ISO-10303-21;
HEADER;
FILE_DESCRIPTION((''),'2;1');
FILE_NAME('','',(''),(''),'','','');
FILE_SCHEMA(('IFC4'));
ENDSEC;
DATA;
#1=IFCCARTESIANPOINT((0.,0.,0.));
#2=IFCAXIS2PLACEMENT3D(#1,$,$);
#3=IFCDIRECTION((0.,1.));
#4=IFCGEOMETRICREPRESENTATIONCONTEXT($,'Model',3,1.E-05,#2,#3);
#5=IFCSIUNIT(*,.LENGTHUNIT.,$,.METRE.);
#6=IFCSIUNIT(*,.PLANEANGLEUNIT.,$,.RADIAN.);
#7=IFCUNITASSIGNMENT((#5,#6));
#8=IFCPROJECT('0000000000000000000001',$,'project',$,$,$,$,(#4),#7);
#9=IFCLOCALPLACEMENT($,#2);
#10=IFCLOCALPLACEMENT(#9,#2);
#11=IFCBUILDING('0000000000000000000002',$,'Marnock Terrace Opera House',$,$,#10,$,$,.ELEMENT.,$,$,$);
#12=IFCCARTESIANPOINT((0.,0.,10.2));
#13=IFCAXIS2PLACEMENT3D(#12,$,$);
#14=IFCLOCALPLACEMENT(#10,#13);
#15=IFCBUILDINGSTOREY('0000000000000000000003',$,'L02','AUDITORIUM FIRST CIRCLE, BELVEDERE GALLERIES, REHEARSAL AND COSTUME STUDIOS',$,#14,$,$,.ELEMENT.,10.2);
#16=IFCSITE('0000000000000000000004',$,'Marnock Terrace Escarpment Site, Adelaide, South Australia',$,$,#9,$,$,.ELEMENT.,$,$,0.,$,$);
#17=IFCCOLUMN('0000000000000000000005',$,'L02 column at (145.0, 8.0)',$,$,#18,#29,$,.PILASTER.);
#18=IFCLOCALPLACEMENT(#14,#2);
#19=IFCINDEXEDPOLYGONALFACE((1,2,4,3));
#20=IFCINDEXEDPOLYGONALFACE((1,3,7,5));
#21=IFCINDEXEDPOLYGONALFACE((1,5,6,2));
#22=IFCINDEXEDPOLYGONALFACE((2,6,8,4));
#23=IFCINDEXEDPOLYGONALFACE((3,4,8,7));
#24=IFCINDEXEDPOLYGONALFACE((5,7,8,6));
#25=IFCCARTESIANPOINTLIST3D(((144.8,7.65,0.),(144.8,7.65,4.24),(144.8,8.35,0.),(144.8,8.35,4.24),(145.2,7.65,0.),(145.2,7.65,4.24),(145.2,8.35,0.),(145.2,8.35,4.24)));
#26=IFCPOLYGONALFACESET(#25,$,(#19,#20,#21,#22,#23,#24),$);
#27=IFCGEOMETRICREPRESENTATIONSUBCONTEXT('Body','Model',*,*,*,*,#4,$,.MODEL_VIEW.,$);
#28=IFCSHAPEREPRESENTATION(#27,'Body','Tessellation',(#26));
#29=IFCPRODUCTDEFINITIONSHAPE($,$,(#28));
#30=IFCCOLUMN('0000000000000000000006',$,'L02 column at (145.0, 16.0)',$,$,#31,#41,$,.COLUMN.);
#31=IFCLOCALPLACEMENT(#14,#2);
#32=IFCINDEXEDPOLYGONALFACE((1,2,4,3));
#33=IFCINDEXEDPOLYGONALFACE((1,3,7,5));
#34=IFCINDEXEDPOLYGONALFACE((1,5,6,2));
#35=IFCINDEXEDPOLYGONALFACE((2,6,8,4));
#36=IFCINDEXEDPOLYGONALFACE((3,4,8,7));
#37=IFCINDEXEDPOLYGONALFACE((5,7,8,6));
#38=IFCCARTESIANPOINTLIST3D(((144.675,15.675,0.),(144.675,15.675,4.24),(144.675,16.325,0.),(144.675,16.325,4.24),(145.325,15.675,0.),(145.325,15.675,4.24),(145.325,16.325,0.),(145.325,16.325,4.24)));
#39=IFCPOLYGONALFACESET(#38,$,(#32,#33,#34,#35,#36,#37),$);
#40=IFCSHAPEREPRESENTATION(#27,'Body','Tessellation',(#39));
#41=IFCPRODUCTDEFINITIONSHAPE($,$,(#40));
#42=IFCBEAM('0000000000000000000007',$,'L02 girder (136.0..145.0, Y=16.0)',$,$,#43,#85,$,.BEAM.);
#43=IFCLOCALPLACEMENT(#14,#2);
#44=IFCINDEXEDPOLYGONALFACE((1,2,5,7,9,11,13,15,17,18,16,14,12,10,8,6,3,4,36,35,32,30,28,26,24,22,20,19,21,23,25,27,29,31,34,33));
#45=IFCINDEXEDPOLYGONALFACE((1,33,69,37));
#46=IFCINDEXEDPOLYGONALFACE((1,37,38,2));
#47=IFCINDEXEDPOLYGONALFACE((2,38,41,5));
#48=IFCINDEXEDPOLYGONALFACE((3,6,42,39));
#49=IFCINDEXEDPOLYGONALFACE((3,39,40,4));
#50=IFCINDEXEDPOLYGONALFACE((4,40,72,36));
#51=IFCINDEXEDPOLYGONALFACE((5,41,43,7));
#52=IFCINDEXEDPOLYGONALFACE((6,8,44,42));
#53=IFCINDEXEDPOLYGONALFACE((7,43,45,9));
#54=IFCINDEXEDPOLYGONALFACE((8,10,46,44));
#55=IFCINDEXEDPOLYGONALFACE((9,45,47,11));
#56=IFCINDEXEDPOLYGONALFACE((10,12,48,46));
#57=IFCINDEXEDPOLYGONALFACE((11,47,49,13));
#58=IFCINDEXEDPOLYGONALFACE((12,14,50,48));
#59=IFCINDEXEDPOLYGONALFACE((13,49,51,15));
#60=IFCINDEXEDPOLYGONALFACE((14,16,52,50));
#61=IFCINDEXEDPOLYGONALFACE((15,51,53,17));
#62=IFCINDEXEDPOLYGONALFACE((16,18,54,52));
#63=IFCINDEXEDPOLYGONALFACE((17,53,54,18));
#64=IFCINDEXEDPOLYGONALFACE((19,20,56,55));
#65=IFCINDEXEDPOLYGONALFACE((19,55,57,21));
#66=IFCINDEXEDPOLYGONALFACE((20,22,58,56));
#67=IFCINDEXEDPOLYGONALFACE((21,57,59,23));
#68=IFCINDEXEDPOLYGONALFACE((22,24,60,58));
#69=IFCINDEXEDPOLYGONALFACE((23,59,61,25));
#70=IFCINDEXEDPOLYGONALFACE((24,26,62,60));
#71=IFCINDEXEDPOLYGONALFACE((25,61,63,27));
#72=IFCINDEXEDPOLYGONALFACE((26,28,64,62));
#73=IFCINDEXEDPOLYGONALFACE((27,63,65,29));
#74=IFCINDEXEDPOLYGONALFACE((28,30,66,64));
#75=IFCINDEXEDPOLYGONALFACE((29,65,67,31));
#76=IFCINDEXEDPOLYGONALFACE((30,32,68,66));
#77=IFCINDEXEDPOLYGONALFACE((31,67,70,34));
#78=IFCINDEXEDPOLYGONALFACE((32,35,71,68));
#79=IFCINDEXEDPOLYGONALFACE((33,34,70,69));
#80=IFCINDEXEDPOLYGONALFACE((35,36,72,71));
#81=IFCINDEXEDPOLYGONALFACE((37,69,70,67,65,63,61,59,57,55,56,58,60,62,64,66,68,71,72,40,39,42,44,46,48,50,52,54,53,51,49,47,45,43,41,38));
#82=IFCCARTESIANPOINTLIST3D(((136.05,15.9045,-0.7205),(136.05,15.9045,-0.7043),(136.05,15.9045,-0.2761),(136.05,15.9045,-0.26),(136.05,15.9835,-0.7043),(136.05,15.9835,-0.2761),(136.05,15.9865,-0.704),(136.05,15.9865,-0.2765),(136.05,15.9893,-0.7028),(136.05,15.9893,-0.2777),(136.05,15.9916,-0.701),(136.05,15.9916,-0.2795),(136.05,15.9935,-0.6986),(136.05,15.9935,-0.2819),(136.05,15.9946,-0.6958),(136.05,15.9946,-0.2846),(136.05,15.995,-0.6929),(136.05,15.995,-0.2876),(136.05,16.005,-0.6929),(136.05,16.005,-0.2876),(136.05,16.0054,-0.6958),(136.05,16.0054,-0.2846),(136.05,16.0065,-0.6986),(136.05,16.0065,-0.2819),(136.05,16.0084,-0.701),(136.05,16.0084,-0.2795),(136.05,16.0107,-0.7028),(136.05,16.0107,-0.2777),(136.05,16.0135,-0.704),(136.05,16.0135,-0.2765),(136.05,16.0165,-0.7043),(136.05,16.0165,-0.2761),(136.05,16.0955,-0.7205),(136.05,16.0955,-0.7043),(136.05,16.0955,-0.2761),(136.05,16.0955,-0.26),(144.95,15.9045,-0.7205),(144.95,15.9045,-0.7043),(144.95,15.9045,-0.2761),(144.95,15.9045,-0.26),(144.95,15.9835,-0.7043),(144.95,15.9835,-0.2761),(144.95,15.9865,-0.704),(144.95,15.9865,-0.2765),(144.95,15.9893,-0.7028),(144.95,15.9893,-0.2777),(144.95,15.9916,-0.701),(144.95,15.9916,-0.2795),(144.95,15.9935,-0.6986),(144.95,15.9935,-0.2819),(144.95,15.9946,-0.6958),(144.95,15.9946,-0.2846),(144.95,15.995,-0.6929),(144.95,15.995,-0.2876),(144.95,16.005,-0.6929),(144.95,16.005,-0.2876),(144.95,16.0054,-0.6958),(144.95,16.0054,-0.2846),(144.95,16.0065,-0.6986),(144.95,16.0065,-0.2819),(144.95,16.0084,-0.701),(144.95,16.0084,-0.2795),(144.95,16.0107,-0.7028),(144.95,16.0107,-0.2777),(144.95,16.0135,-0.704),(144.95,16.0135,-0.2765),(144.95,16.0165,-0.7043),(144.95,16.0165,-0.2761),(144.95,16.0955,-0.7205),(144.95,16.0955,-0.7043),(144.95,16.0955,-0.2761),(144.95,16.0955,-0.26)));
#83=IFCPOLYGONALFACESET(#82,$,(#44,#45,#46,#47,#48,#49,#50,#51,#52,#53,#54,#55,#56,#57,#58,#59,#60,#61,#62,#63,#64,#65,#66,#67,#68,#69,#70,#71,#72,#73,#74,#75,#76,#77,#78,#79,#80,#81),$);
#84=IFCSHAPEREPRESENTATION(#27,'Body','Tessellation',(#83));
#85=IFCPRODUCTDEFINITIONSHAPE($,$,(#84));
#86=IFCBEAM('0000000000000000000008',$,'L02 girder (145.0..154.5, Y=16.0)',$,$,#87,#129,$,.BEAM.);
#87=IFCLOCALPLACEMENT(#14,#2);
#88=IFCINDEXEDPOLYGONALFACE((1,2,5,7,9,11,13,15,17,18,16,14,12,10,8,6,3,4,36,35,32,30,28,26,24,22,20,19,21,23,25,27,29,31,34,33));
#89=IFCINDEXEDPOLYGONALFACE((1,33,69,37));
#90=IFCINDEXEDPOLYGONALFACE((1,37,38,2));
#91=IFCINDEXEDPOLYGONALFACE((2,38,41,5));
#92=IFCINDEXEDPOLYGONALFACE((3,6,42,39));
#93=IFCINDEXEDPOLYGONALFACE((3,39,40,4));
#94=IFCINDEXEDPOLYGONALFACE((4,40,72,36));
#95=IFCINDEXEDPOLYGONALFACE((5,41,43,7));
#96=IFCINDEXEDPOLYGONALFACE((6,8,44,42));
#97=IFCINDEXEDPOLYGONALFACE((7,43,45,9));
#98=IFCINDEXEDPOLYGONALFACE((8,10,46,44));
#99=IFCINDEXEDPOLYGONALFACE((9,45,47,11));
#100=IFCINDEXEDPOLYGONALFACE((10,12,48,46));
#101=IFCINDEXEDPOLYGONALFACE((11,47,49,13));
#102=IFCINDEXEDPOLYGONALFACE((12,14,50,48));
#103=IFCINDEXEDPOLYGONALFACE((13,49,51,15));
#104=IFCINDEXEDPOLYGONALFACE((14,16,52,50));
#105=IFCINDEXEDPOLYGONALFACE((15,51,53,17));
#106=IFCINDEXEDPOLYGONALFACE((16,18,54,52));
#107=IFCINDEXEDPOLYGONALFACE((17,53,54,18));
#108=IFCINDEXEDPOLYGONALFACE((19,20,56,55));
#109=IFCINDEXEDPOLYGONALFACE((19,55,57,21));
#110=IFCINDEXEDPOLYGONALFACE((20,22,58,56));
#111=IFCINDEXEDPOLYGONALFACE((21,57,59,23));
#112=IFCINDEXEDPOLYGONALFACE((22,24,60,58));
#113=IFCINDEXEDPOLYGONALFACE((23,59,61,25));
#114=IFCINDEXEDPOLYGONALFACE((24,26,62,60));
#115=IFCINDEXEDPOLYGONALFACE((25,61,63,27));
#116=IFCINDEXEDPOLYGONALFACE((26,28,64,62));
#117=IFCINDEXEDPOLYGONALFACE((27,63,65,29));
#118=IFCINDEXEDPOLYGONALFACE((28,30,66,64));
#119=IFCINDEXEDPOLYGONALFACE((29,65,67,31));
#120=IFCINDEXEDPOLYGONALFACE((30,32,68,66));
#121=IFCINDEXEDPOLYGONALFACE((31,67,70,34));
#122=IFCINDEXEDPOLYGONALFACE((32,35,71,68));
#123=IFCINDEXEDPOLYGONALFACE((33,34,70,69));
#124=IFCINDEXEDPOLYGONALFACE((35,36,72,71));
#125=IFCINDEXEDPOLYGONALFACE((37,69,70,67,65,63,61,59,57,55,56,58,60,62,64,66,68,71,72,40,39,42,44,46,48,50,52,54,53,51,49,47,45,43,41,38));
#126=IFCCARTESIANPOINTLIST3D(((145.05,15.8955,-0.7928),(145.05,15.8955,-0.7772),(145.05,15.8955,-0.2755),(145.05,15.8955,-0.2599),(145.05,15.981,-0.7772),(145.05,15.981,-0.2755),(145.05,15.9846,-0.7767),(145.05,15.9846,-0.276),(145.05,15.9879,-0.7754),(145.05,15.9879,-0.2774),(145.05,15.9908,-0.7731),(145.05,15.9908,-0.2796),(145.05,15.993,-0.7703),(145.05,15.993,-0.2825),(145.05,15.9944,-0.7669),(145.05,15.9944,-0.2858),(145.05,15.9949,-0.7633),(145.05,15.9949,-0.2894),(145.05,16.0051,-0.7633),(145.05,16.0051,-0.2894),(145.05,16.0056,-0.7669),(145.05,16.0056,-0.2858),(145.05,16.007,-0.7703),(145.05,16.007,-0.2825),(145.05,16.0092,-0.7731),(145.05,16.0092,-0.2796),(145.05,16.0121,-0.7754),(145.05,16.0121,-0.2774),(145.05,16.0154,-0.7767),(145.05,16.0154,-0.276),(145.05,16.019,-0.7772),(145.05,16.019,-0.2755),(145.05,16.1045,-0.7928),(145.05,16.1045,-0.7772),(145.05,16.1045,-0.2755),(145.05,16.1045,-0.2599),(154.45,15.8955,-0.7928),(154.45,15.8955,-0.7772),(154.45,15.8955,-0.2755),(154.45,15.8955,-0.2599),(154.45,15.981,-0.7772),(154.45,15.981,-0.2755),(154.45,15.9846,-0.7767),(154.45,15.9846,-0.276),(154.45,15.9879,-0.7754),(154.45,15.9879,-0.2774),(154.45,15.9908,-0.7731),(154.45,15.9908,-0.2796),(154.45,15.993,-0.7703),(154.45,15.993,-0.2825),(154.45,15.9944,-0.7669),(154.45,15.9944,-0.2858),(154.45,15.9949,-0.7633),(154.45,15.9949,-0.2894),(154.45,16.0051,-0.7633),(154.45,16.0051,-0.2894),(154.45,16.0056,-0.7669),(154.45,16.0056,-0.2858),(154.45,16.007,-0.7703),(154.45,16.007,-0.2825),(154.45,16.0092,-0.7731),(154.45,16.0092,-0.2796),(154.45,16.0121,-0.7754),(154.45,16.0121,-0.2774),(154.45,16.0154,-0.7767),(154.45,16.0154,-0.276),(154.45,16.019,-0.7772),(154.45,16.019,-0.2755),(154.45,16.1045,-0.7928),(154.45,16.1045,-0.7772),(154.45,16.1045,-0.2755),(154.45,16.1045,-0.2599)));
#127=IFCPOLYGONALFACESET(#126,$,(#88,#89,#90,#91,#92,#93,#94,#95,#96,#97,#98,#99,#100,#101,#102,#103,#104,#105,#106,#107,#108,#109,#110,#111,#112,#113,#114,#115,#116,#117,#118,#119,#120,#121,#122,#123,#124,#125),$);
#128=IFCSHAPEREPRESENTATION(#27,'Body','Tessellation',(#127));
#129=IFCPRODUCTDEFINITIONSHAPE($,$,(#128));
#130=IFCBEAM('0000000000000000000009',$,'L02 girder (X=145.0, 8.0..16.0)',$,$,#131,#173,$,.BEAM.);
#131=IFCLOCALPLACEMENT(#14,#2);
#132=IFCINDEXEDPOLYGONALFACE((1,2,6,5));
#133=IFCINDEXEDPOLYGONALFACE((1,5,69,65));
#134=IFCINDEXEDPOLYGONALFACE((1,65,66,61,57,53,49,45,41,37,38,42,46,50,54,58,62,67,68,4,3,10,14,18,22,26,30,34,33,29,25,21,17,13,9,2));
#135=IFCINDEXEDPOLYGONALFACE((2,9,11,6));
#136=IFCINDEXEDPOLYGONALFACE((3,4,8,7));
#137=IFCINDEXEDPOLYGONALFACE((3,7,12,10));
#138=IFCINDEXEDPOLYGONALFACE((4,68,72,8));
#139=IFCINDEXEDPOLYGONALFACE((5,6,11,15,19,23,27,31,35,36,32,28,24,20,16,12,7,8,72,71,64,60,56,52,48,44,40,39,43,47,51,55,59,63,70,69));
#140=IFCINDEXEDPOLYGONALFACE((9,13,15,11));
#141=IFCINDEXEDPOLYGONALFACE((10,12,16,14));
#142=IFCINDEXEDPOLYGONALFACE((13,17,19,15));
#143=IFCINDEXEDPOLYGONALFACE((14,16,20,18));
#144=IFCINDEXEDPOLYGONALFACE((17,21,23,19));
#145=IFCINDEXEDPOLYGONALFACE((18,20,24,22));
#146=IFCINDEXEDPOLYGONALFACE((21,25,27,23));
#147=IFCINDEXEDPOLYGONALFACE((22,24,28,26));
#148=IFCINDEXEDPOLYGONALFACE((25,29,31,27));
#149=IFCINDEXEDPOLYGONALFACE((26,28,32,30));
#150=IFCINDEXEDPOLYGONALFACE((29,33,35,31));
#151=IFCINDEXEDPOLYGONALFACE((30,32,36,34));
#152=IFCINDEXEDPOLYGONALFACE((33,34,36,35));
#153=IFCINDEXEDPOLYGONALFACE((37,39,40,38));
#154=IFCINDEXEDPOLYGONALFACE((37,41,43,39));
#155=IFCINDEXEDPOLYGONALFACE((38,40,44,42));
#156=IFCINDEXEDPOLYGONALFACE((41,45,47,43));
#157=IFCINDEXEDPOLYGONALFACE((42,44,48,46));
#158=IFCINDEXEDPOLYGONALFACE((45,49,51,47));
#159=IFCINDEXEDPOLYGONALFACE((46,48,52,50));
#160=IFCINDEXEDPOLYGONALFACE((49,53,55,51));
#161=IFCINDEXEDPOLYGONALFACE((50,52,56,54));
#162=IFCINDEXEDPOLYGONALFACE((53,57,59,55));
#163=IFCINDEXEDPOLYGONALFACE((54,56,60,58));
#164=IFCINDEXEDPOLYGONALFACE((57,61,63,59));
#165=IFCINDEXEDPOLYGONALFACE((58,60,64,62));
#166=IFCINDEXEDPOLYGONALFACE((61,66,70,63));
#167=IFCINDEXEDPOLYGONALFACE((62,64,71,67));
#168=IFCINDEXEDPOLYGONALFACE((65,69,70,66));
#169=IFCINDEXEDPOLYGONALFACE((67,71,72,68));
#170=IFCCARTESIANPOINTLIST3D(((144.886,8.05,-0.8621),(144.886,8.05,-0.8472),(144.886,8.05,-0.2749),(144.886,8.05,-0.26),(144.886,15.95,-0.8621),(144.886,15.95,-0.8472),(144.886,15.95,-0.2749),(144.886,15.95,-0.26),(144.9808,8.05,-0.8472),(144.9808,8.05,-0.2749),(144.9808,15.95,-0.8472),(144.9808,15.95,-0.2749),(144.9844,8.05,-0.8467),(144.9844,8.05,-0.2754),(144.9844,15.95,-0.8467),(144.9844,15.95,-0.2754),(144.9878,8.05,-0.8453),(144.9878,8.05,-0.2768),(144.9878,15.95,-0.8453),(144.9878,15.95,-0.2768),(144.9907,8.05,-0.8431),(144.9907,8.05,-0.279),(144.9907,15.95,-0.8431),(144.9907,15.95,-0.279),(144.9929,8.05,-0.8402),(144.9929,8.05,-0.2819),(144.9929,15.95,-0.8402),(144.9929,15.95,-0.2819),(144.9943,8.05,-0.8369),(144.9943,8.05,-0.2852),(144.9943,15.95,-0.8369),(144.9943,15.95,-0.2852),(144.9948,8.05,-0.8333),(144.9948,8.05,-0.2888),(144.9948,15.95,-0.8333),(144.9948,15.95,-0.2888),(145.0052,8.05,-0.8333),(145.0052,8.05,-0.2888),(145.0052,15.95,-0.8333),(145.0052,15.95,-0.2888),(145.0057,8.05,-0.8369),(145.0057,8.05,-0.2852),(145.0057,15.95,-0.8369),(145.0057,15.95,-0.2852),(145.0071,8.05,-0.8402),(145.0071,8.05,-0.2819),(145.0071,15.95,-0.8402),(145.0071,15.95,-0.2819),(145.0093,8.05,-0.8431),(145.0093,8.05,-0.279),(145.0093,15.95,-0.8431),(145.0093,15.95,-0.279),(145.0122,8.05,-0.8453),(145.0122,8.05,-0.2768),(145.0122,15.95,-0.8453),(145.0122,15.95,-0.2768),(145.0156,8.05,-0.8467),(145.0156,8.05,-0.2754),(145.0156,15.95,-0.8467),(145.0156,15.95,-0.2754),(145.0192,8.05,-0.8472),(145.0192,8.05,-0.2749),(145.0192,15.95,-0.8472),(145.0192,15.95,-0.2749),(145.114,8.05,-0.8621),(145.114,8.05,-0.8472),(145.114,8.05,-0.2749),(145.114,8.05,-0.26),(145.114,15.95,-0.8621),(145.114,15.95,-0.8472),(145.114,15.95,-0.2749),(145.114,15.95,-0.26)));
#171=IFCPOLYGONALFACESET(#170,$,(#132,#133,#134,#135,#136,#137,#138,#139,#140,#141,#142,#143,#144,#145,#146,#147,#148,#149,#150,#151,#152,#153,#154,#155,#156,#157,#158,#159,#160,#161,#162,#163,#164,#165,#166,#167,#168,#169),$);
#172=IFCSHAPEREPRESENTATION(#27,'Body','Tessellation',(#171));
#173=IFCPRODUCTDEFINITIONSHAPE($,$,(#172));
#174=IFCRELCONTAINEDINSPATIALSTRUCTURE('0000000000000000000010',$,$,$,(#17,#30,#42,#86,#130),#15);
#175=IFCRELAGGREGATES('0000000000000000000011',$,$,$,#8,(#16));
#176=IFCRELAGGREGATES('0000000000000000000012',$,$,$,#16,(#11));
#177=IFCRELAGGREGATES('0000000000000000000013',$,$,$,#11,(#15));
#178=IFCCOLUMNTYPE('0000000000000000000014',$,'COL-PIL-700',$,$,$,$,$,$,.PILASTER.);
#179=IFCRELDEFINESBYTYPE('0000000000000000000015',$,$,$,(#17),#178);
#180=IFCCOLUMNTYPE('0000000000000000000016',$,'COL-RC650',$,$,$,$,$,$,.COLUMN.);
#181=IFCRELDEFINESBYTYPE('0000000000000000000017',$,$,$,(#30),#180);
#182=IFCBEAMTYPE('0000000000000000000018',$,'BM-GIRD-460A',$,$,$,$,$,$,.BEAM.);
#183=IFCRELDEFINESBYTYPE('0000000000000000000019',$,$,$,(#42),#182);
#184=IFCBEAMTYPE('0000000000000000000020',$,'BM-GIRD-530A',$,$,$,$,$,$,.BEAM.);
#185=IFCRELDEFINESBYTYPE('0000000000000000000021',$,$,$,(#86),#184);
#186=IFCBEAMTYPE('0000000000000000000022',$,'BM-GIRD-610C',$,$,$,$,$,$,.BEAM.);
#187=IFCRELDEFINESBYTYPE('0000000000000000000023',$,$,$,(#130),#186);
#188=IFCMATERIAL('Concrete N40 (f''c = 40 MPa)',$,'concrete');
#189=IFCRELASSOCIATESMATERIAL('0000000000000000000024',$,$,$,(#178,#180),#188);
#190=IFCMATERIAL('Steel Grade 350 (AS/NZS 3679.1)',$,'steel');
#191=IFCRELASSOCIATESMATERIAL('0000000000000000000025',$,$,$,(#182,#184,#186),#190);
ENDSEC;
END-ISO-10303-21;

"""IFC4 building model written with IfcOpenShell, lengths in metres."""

from ifc_helpers import new_model, si_unit, direction, frame, origin, origin_2d, place, context, subcontext, project, spatial, rectangle, i_section, extrude, material, material_profile, profile_set, type_object, element, save


model = new_model("IFC4")

# Units and contexts
model_context = context("Model", 3, precision=1e-05, world=origin(), true_north=direction((0.0, 1.0)))
body_context = subcontext(model_context, "Body", "Model", "MODEL_VIEW")
ifc_project = project(units=[si_unit("LENGTHUNIT", "METRE"), si_unit("PLANEANGLEUNIT", "RADIAN")], contexts=[model_context])

# Site, building, storey
site_placement = place(None, origin())
site = spatial("IfcSite", under=ifc_project, at=site_placement, Name="Marnock Terrace Escarpment Site, Adelaide, South Australia", CompositionType="ELEMENT", RefElevation=0.0)
building_placement = place(site_placement, origin())
building = spatial("IfcBuilding", under=site, at=building_placement, Name="Marnock Terrace Opera House", CompositionType="ELEMENT")
storey_placement = place(building_placement, frame((0.0, 0.0, 10.2)))
storey = spatial("IfcBuildingStorey", under=building, at=storey_placement, Name="L02", Description="AUDITORIUM FIRST CIRCLE, BELVEDERE GALLERIES, REHEARSAL AND COSTUME STUDIOS", CompositionType="ELEMENT", Elevation=10.2)

# Columns
ifc_material_1 = material(Name="Concrete N40 (f'c = 40 MPa)", Category="concrete")
ifc_material_profile_1 = material_profile(ifc_material_1, rectangle(XDim=0.3999, YDim=0.7, at=origin_2d()))
ifc_profile_set_1 = profile_set([ifc_material_profile_1], Name="Concrete N40 (f'c = 40 MPa)")
column_type_1 = type_object("IfcColumnType", Name="COL-PIL-700", PredefinedType="PILASTER", material=ifc_profile_set_1)
column_1_placement = place(storey_placement, frame((145.0, 8.0, 0.0), z_axis=(0.0, 0.0, 1.0), x_axis=(1.0, 0.0, 0.0)))
element("IfcColumn", 1, at=column_1_placement, inside=storey, type_object=column_type_1, Name="L02 column at (145.0, 8.0)", PredefinedType="PILASTER", context=body_context, shape_type="SweptSolid", body=[
    extrude(rectangle(XDim=0.3999, YDim=0.7, at=origin_2d()), origin(), (0.0, 0.0, 1.0), 4.24),
])
ifc_material_profile_2 = material_profile(ifc_material_1, rectangle(XDim=0.6499, YDim=0.6499, at=origin_2d()))
ifc_profile_set_2 = profile_set([ifc_material_profile_2], Name="Concrete N40 (f'c = 40 MPa)")
column_type_2 = type_object("IfcColumnType", Name="COL-RC650", PredefinedType="COLUMN", material=ifc_profile_set_2)
column_2_placement = place(storey_placement, frame((145.0, 16.0, 0.0), z_axis=(0.0, 0.0, 1.0), x_axis=(1.0, 0.0, 0.0)))
element("IfcColumn", 2, at=column_2_placement, inside=storey, type_object=column_type_2, Name="L02 column at (145.0, 16.0)", PredefinedType="COLUMN", context=body_context, shape_type="SweptSolid", body=[
    extrude(rectangle(XDim=0.6499, YDim=0.6499, at=origin_2d()), origin(), (0.0, 0.0, 1.0), 4.24),
])

# Beams
ifc_material_2 = material(Name="Steel Grade 350 (AS/NZS 3679.1)", Category="steel")
ifc_material_profile_3 = material_profile(ifc_material_2, i_section(OverallWidth=0.1909, OverallDepth=0.4604, WebThickness=0.01, FlangeThickness=0.0161, FilletRadius=0.0115, at=origin_2d()))
ifc_profile_set_3 = profile_set([ifc_material_profile_3], Name="Steel Grade 350 (AS/NZS 3679.1)")
beam_type_1 = type_object("IfcBeamType", Name="BM-GIRD-460A", PredefinedType="BEAM", material=ifc_profile_set_3)
beam_1_placement = place(storey_placement, frame((136.05, 16.0, -0.4902), z_axis=(1.0, 0.0, 0.0), x_axis=(0.0, 1.0, 0.0)))
element("IfcBeam", 3, at=beam_1_placement, inside=storey, type_object=beam_type_1, Name="L02 girder (136.0..145.0, Y=16.0)", PredefinedType="BEAM", context=body_context, shape_type="SweptSolid", body=[
    extrude(i_section(OverallWidth=0.1909, OverallDepth=0.4604, WebThickness=0.01, FlangeThickness=0.0161, FilletRadius=0.0115, at=origin_2d()), origin(), (0.0, 0.0, 1.0), 8.8999),
])
ifc_material_profile_4 = material_profile(ifc_material_2, i_section(OverallWidth=0.209, OverallDepth=0.533, WebThickness=0.0103, FlangeThickness=0.0156, FilletRadius=0.0139, at=origin_2d()))
ifc_profile_set_4 = profile_set([ifc_material_profile_4], Name="Steel Grade 350 (AS/NZS 3679.1)")
beam_type_2 = type_object("IfcBeamType", Name="BM-GIRD-530A", PredefinedType="BEAM", material=ifc_profile_set_4)
beam_2_placement = place(storey_placement, frame((145.05, 16.0, -0.5264), z_axis=(1.0, 0.0, 0.0), x_axis=(0.0, 1.0, 0.0)))
element("IfcBeam", 4, at=beam_2_placement, inside=storey, type_object=beam_type_2, Name="L02 girder (145.0..154.5, Y=16.0)", PredefinedType="BEAM", context=body_context, shape_type="SweptSolid", body=[
    extrude(i_section(OverallWidth=0.209, OverallDepth=0.533, WebThickness=0.0103, FlangeThickness=0.0156, FilletRadius=0.0139, at=origin_2d()), origin(), (0.0, 0.0, 1.0), 9.3999),
])
ifc_material_profile_5 = material_profile(ifc_material_2, i_section(OverallWidth=0.228, OverallDepth=0.6021, WebThickness=0.0105, FlangeThickness=0.0149, FilletRadius=0.0139, at=origin_2d()))
ifc_profile_set_5 = profile_set([ifc_material_profile_5], Name="Steel Grade 350 (AS/NZS 3679.1)")
beam_type_3 = type_object("IfcBeamType", Name="BM-GIRD-610C", PredefinedType="BEAM", material=ifc_profile_set_5)
for number, where, z_axis, x_axis, name in (
    (5, (145.0, 8.05, -0.561), (0.0, 1.0, 0.0), (-1.0, 0.0, 0.0), "L02 girder (X=145.0, 8.0..16.0)"),
):
    element("IfcBeam", number, at=place(storey_placement, frame(where, z_axis=z_axis, x_axis=x_axis)), inside=storey, type_object=beam_type_3, Name=name, PredefinedType="BEAM", context=body_context, shape_type="SweptSolid", body=[
        extrude(i_section(OverallWidth=0.228, OverallDepth=0.6021, WebThickness=0.0105, FlangeThickness=0.0149, FilletRadius=0.0139, at=origin_2d()), origin(), (0.0, 0.0, 1.0), 7.8999),
    ])

save(model, "model.ifc")
